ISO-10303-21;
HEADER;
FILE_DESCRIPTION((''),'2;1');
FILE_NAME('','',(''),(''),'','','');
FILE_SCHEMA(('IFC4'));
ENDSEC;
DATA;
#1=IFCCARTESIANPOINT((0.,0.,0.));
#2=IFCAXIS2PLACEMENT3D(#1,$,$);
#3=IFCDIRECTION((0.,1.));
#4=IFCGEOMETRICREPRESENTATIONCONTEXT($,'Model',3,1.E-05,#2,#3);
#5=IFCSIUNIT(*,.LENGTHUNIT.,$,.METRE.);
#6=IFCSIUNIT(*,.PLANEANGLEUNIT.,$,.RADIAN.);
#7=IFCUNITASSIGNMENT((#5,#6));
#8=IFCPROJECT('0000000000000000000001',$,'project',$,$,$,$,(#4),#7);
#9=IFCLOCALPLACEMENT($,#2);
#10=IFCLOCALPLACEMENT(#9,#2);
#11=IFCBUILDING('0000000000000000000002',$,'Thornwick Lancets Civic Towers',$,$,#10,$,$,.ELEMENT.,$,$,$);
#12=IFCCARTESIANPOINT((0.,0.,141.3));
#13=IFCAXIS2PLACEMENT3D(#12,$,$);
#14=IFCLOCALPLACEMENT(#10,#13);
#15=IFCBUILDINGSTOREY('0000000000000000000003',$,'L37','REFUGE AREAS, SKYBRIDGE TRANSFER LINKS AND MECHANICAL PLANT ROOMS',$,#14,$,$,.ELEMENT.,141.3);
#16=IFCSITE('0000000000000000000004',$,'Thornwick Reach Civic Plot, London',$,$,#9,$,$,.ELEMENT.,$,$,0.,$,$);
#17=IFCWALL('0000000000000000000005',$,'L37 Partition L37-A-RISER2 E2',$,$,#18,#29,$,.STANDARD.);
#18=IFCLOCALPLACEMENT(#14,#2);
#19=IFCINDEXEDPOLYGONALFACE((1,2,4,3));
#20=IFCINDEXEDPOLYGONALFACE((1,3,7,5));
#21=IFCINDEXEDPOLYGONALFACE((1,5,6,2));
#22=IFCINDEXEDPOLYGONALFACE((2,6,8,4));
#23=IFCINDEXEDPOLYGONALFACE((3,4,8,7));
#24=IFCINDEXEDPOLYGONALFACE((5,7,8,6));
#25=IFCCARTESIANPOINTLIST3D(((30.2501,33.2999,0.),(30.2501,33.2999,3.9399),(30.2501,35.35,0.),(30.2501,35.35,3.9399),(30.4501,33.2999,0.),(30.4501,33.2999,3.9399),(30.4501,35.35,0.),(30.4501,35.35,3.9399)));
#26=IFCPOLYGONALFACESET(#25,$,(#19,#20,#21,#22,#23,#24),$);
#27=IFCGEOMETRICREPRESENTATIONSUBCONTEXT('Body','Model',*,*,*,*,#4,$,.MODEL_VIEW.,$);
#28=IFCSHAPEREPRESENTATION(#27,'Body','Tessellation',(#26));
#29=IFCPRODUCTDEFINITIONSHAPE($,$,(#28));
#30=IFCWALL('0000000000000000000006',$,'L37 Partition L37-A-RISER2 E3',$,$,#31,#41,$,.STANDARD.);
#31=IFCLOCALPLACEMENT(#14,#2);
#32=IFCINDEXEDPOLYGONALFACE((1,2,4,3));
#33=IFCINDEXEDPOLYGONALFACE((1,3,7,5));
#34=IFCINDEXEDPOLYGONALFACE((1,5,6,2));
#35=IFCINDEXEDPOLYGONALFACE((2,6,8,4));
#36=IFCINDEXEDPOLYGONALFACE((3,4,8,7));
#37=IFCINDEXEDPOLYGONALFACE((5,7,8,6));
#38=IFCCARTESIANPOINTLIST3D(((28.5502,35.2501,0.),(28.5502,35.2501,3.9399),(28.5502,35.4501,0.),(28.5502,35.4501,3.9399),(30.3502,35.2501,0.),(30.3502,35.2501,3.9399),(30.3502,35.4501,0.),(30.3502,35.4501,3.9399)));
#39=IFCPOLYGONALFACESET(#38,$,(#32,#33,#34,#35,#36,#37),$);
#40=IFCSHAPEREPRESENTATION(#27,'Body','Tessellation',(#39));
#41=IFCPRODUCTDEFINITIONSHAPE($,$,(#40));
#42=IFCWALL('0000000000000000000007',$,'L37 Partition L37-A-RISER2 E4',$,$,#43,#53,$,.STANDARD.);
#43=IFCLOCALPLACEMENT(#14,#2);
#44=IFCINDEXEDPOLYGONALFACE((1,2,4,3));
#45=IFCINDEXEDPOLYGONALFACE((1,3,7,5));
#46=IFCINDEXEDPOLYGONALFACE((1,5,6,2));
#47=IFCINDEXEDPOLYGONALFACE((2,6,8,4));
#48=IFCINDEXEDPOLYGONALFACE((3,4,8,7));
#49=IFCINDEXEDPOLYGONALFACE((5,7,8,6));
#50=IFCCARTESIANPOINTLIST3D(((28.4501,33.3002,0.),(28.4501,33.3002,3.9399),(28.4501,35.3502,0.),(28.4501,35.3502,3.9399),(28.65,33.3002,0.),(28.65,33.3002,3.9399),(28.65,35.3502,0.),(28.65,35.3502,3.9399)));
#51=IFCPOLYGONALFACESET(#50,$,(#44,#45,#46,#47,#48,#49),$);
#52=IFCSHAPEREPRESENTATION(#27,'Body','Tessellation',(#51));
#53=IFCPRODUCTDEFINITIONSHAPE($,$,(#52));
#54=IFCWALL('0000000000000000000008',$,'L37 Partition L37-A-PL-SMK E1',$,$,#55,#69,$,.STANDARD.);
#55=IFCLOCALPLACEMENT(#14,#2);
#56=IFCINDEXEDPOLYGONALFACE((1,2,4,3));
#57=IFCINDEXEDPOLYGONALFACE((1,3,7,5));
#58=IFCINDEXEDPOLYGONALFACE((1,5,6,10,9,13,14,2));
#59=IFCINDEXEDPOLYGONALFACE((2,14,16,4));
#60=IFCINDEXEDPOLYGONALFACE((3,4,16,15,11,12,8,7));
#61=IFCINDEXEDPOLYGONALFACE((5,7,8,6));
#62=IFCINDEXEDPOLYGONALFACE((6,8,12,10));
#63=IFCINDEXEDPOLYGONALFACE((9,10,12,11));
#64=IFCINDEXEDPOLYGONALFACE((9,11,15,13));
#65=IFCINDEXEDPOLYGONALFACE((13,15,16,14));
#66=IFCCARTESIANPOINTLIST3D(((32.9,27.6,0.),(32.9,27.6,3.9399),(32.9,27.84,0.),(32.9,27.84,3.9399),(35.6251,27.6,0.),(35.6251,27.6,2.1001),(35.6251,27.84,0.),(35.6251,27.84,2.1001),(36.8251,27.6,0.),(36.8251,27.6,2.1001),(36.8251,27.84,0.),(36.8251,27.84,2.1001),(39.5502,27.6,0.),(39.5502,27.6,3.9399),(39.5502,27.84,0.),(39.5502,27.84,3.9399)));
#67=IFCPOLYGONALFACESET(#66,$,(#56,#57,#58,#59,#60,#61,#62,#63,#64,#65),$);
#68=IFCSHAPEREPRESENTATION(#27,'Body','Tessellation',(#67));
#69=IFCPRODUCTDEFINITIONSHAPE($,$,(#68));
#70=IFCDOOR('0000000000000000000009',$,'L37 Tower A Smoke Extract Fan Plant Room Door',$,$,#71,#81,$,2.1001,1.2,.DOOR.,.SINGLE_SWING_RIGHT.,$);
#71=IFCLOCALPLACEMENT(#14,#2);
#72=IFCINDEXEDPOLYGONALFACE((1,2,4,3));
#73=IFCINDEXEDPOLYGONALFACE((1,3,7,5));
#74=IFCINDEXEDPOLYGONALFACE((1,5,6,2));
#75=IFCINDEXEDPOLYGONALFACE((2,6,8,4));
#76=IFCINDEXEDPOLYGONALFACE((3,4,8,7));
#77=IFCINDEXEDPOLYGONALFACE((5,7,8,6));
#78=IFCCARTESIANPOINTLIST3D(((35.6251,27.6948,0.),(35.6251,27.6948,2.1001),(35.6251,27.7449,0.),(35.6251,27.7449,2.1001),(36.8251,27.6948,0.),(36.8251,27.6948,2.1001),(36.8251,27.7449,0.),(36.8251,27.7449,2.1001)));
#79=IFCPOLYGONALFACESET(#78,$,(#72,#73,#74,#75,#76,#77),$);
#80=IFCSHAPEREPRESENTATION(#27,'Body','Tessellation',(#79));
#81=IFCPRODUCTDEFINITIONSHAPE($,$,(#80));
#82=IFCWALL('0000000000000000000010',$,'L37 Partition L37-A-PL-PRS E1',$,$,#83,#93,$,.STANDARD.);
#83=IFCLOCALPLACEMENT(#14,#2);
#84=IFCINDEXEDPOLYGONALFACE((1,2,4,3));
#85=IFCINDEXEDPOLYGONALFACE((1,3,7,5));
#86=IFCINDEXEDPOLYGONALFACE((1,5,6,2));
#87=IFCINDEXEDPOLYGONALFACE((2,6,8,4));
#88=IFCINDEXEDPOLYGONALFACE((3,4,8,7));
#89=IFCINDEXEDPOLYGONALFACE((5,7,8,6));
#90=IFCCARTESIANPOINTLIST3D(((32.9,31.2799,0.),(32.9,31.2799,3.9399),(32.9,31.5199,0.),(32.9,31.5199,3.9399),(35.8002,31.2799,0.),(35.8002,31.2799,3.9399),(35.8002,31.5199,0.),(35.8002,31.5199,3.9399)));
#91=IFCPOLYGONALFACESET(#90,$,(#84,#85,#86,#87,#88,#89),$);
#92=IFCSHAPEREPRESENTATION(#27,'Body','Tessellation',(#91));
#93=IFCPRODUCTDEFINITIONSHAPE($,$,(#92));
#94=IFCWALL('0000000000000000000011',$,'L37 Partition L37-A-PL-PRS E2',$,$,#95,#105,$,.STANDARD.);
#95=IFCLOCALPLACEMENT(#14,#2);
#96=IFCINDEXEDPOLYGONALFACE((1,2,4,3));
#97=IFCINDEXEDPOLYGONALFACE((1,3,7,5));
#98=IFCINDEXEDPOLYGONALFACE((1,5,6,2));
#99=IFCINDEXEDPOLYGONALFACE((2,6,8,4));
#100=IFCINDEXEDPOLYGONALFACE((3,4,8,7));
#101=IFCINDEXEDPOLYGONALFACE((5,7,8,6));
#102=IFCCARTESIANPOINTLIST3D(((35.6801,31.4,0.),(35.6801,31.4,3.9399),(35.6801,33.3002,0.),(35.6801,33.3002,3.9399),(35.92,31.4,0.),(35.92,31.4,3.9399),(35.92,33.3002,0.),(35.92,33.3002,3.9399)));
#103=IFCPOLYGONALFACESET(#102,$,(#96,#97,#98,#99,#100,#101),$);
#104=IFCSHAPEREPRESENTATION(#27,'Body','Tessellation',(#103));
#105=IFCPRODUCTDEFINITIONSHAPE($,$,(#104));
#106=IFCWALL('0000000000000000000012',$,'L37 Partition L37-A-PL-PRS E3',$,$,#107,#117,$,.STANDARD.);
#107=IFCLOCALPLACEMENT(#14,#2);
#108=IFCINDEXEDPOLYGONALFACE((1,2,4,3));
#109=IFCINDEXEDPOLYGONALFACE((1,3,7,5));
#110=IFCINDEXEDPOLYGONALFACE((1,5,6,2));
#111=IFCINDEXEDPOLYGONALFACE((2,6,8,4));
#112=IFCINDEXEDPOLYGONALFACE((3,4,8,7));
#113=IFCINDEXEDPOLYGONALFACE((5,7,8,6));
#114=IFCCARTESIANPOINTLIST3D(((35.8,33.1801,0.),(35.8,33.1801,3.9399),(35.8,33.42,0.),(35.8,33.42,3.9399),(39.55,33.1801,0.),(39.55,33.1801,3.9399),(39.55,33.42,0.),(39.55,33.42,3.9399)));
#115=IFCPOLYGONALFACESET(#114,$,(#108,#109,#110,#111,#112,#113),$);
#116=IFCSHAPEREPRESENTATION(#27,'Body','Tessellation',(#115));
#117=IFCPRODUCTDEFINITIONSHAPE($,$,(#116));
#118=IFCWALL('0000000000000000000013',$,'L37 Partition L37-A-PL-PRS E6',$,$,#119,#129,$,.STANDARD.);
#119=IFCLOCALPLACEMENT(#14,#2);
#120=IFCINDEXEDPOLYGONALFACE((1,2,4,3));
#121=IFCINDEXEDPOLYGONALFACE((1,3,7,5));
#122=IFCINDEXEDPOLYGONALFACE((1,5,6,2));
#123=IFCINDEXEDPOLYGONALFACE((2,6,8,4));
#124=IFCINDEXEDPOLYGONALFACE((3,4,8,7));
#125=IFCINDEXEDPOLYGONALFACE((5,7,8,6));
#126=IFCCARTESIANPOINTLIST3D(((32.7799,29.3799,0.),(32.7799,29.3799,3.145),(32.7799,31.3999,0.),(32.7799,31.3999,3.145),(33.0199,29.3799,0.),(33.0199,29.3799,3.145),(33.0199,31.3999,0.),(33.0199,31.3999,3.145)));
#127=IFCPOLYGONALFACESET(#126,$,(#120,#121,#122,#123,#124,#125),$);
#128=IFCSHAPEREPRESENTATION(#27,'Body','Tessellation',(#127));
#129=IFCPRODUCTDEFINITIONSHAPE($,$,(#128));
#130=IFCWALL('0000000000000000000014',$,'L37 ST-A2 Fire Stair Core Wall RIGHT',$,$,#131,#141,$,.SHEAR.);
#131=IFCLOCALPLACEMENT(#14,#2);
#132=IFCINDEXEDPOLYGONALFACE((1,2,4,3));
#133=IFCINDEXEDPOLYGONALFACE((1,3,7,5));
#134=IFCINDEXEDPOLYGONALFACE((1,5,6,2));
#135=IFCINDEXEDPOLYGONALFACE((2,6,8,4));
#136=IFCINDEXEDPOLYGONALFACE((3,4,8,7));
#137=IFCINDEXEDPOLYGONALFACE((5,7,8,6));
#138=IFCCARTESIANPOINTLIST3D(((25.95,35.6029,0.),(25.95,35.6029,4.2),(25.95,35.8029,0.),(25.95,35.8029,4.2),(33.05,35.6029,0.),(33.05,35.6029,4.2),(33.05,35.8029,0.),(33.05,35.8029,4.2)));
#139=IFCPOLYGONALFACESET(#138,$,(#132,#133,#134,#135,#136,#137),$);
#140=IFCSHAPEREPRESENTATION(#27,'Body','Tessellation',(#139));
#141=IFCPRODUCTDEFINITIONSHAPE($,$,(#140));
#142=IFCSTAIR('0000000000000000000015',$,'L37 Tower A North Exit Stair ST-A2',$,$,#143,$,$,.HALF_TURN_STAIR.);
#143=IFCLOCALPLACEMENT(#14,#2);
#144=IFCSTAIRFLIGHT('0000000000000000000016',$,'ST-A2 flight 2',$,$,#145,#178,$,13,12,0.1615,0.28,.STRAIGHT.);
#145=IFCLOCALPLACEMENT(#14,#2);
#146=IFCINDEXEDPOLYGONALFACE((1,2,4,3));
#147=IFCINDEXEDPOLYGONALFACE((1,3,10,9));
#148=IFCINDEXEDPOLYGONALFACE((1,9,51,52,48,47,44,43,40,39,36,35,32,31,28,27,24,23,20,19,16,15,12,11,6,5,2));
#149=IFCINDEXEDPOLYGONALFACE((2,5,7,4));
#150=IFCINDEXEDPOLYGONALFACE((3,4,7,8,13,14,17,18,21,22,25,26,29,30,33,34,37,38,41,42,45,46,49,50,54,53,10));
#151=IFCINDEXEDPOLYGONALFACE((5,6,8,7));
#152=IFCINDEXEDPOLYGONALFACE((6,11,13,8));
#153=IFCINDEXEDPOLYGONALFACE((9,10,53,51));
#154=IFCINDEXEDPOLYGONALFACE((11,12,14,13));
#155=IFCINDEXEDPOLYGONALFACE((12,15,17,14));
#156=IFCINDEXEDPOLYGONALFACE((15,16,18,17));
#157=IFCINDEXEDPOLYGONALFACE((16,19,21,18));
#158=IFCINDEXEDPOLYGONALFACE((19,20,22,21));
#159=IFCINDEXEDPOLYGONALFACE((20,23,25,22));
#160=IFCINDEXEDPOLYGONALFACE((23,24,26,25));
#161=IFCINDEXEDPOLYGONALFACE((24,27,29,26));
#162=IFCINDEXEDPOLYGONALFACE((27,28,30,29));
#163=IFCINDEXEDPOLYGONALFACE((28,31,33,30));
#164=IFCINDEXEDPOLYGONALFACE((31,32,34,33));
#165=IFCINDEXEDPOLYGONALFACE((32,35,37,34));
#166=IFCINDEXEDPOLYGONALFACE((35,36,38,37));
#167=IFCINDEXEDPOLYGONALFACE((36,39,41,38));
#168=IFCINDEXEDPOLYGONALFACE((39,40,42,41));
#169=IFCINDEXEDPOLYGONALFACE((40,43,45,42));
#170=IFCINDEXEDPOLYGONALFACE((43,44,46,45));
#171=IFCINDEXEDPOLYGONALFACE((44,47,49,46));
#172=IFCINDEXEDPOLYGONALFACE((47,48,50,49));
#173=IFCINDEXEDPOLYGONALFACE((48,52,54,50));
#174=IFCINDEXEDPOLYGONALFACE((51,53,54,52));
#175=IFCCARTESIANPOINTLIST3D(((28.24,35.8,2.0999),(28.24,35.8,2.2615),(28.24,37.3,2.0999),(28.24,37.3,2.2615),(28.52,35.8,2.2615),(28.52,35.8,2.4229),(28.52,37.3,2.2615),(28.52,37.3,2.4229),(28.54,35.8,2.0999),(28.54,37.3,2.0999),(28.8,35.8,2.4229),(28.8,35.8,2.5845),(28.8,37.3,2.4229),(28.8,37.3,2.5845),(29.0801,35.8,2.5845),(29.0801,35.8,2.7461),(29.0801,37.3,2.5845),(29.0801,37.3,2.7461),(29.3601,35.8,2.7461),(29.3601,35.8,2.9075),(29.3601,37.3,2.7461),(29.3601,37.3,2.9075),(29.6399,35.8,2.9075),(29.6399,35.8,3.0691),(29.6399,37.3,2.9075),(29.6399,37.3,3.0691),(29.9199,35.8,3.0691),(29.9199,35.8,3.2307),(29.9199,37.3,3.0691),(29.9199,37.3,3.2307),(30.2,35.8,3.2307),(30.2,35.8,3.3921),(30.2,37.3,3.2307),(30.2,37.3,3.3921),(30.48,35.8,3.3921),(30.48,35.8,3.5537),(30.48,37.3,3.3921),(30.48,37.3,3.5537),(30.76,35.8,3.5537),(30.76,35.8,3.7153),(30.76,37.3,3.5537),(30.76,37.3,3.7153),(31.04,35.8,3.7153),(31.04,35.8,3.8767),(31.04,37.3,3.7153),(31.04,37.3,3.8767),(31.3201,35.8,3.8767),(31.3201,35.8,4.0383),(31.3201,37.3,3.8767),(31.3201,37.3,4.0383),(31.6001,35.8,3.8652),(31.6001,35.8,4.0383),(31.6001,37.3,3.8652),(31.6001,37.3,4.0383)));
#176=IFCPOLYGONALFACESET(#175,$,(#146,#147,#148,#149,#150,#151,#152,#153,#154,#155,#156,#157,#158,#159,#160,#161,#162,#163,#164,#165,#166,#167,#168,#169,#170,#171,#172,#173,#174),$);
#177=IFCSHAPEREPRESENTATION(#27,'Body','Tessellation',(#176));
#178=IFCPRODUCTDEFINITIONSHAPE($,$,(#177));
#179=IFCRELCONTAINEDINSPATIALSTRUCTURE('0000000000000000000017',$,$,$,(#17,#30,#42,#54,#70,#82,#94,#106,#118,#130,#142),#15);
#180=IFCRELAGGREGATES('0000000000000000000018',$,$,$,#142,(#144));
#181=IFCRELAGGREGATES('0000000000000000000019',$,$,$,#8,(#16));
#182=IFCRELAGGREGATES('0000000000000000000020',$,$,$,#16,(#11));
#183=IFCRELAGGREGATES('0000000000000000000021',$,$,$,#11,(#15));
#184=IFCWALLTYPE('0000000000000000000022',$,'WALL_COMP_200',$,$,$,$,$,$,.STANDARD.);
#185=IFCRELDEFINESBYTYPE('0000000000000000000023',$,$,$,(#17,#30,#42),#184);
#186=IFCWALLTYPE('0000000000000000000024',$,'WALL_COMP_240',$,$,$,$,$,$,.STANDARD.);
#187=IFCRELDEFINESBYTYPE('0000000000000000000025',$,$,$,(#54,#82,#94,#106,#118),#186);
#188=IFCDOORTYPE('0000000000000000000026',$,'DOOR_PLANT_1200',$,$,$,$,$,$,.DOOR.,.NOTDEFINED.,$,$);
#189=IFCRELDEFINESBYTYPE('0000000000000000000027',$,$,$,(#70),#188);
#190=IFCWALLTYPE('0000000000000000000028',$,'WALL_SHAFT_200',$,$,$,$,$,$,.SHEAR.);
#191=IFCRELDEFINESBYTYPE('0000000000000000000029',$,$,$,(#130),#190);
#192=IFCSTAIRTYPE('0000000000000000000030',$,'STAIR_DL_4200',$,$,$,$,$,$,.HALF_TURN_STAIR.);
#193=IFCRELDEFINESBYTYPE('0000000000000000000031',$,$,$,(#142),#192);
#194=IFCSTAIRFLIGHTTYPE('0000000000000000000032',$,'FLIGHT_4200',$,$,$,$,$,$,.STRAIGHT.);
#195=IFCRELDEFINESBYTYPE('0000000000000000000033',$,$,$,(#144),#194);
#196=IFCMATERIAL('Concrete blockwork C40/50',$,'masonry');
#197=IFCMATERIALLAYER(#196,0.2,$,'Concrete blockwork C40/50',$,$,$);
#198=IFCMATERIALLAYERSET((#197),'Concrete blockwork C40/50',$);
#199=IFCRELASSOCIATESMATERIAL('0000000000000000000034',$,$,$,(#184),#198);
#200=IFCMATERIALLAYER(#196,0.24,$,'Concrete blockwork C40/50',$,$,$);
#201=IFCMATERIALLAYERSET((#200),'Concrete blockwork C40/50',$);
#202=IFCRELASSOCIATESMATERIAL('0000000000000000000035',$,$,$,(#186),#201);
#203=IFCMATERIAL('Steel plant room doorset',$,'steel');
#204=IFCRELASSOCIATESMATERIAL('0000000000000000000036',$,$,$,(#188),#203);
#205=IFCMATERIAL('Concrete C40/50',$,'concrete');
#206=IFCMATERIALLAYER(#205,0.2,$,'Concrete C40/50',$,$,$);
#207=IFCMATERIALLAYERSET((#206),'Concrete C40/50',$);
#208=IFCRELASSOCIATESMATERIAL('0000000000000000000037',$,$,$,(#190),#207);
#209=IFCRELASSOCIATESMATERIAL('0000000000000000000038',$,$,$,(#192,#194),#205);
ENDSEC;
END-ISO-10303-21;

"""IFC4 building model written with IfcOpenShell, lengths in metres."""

from ifc_helpers import new_model, si_unit, direction, frame, frame_2d, origin, place, context, subcontext, project, spatial, polyline, rectangle, outline, extrude, material, layer, layer_set, type_object, element, fill, aggregate, save


model = new_model("IFC4")

# Units and contexts
model_context = context("Model", 3, precision=1e-05, world=origin(), true_north=direction((0.0, 1.0)))
body_context = subcontext(model_context, "Body", "Model", "MODEL_VIEW")
ifc_project = project(units=[si_unit("LENGTHUNIT", "METRE"), si_unit("PLANEANGLEUNIT", "RADIAN")], contexts=[model_context])

# Site, building, storey
site_placement = place(None, origin())
site = spatial("IfcSite", under=ifc_project, at=site_placement, Name="Thornwick Reach Civic Plot, London", CompositionType="ELEMENT", RefElevation=0.0)
building_placement = place(site_placement, origin())
building = spatial("IfcBuilding", under=site, at=building_placement, Name="Thornwick Lancets Civic Towers", CompositionType="ELEMENT")
storey_placement = place(building_placement, frame((0.0, 0.0, 141.3)))
storey = spatial("IfcBuildingStorey", under=building, at=storey_placement, Name="L37", Description="REFUGE AREAS, SKYBRIDGE TRANSFER LINKS AND MECHANICAL PLANT ROOMS", CompositionType="ELEMENT", Elevation=141.3)

# Shared definitions
ifc_material_1 = material(Name="Concrete blockwork C40/50", Category="masonry")
ifc_layer_1 = layer(ifc_material_1, 0.2, Name="Concrete blockwork C40/50")
ifc_layer_set_1 = layer_set([ifc_layer_1], Name="Concrete blockwork C40/50")
wall_type_1 = type_object("IfcWallType", Name="WALL_COMP_200", PredefinedType="STANDARD", material=ifc_layer_set_1)

# Walls
wall_1_placement = place(storey_placement, frame((30.3501, 33.3, 0.0), z_axis=(0.0, 0.0, 1.0), x_axis=(0.0, 1.0, 0.0)))
element("IfcWall", 1, at=wall_1_placement, inside=storey, type_object=wall_type_1, Name="L37 Partition L37-A-RISER2 E2", PredefinedType="STANDARD", context=body_context, shape_type="SweptSolid", body=[
    extrude(rectangle(XDim=2.05, YDim=0.2, at=frame_2d((1.0249, 0.0))), origin(), (0.0, 0.0, 1.0), 3.9399),
])
wall_2_placement = place(storey_placement, frame((30.3501, 35.3501, 0.0), z_axis=(0.0, 0.0, 1.0), x_axis=(-1.0, 0.0, 0.0)))
element("IfcWall", 2, at=wall_2_placement, inside=storey, type_object=wall_type_1, Name="L37 Partition L37-A-RISER2 E3", PredefinedType="STANDARD", context=body_context, shape_type="SweptSolid", body=[
    extrude(rectangle(XDim=1.8, YDim=0.2, at=frame_2d((0.8999, 0.0))), origin(), (0.0, 0.0, 1.0), 3.9399),
])
wall_3_placement = place(storey_placement, frame((28.55, 35.3501, 0.0), z_axis=(0.0, 0.0, 1.0), x_axis=(0.0, -1.0, 0.0)))
element("IfcWall", 3, at=wall_3_placement, inside=storey, type_object=wall_type_1, Name="L37 Partition L37-A-RISER2 E4", PredefinedType="STANDARD", context=body_context, shape_type="SweptSolid", body=[
    extrude(rectangle(XDim=2.05, YDim=0.2, at=frame_2d((1.0249, 0.0))), origin(), (0.0, 0.0, 1.0), 3.9399),
])

# Wall, opening, door
ifc_layer_2 = layer(ifc_material_1, 0.24, Name="Concrete blockwork C40/50")
ifc_layer_set_2 = layer_set([ifc_layer_2], Name="Concrete blockwork C40/50")
wall_type_2 = type_object("IfcWallType", Name="WALL_COMP_240", PredefinedType="STANDARD", material=ifc_layer_set_2)
wall_4_placement = place(storey_placement, frame((32.8999, 27.72, 0.0), z_axis=(0.0, 0.0, 1.0), x_axis=(1.0, 0.0, 0.0)))
wall_4 = element("IfcWall", 4, at=wall_4_placement, inside=storey, type_object=wall_type_2, Name="L37 Partition L37-A-PL-SMK E1", PredefinedType="STANDARD", context=body_context, shape_type="SweptSolid", body=[
    extrude(rectangle(XDim=6.6501, YDim=0.24, at=frame_2d((3.3252, 0.0))), origin(), (0.0, 0.0, 1.0), 3.9399),
])
opening_1_placement = place(wall_4_placement, frame((2.7251, 0.0, 0.0)))
opening_1 = element("IfcOpeningElement", 5, at=opening_1_placement, cuts=wall_4, PredefinedType="OPENING", context=body_context, shape_type="SweptSolid", body=[
    extrude(rectangle(XDim=1.2, YDim=2.1001, at=frame_2d((0.6001, 1.05))), frame((0.0, 0.1299, 0.0), z_axis=(0.0, -1.0, 0.0), x_axis=(1.0, 0.0, 0.0)), (0.0, 0.0, 1.0), 0.26),
])
ifc_material_2 = material(Name="Steel plant room doorset", Category="steel")
door_type_1 = type_object("IfcDoorType", Name="DOOR_PLANT_1200", OperationType="NOTDEFINED", PredefinedType="DOOR", material=ifc_material_2)
door_1_placement = place(opening_1_placement, origin())
door_1 = element("IfcDoor", 6, at=door_1_placement, inside=storey, type_object=door_type_1, Name="L37 Tower A Smoke Extract Fan Plant Room Door", OperationType="SINGLE_SWING_RIGHT", OverallHeight=2.1001, OverallWidth=1.2, PredefinedType="DOOR", context=body_context, shape_type="SweptSolid", body=[
    extrude(rectangle(XDim=1.2, YDim=2.1001, at=frame_2d((0.6001, 1.05))), frame((0.0, 0.0249, 0.0), z_axis=(0.0, -1.0, 0.0), x_axis=(1.0, 0.0, 0.0)), (0.0, 0.0, 1.0), 0.05),
])
fill(opening_1, door_1)

# Walls
wall_5_placement = place(storey_placement, frame((32.8999, 31.3999, 0.0), z_axis=(0.0, 0.0, 1.0), x_axis=(1.0, 0.0, 0.0)))
element("IfcWall", 7, at=wall_5_placement, inside=storey, type_object=wall_type_2, Name="L37 Partition L37-A-PL-PRS E1", PredefinedType="STANDARD", context=body_context, shape_type="SweptSolid", body=[
    extrude(rectangle(XDim=2.9001, YDim=0.24, at=frame_2d((1.4502, 0.0))), origin(), (0.0, 0.0, 1.0), 3.9399),
])
wall_6_placement = place(storey_placement, frame((35.8, 31.3999, 0.0), z_axis=(0.0, 0.0, 1.0), x_axis=(0.0, 1.0, 0.0)))
element("IfcWall", 8, at=wall_6_placement, inside=storey, type_object=wall_type_2, Name="L37 Partition L37-A-PL-PRS E2", PredefinedType="STANDARD", context=body_context, shape_type="SweptSolid", body=[
    extrude(rectangle(XDim=1.9001, YDim=0.24, at=frame_2d((0.9502, 0.0))), origin(), (0.0, 0.0, 1.0), 3.9399),
])
wall_7_placement = place(storey_placement, frame((35.8, 33.3, 0.0), z_axis=(0.0, 0.0, 1.0), x_axis=(1.0, 0.0, 0.0)))
element("IfcWall", 9, at=wall_7_placement, inside=storey, type_object=wall_type_2, Name="L37 Partition L37-A-PL-PRS E3", PredefinedType="STANDARD", context=body_context, shape_type="SweptSolid", body=[
    extrude(rectangle(XDim=3.75, YDim=0.24, at=frame_2d((1.875, 0.0))), origin(), (0.0, 0.0, 1.0), 3.9399),
])
wall_8_placement = place(storey_placement, frame((32.8999, 29.3799, 0.0), z_axis=(0.0, 0.0, 1.0), x_axis=(0.0, 1.0, 0.0)))
element("IfcWall", 10, at=wall_8_placement, inside=storey, type_object=wall_type_2, Name="L37 Partition L37-A-PL-PRS E6", PredefinedType="STANDARD", context=body_context, shape_type="SweptSolid", body=[
    extrude(rectangle(XDim=2.02, YDim=0.24, at=frame_2d((1.01, 0.0))), origin(), (0.0, 0.0, 1.0), 3.145),
])
ifc_material_3 = material(Name="Concrete C40/50", Category="concrete")
ifc_layer_3 = layer(ifc_material_3, 0.2, Name="Concrete C40/50")
ifc_layer_set_3 = layer_set([ifc_layer_3], Name="Concrete C40/50")
wall_type_3 = type_object("IfcWallType", Name="WALL_SHAFT_200", PredefinedType="SHEAR", material=ifc_layer_set_3)
wall_9_placement = place(storey_placement, frame((25.95, 35.7029, 0.0), z_axis=(0.0, 0.0, 1.0), x_axis=(1.0, 0.0, 0.0)))
element("IfcWall", 11, at=wall_9_placement, inside=storey, type_object=wall_type_3, Name="L37 ST-A2 Fire Stair Core Wall RIGHT", PredefinedType="SHEAR", context=body_context, shape_type="SweptSolid", body=[
    extrude(rectangle(XDim=7.1001, YDim=0.2, at=frame_2d((3.55, 0.0))), origin(), (0.0, 0.0, 1.0), 4.2),
])

# Stair, stair flight
stair_type = type_object("IfcStairType", Name="STAIR_DL_4200", PredefinedType="HALF_TURN_STAIR", material=ifc_material_3)
stair_placement = place(storey_placement, origin())
stair = element("IfcStair", 12, at=stair_placement, inside=storey, type_object=stair_type, Name="L37 Tower A North Exit Stair ST-A2", PredefinedType="HALF_TURN_STAIR")
stair_flight_type = type_object("IfcStairFlightType", Name="FLIGHT_4200", PredefinedType="STRAIGHT", material=ifc_material_3)
stair_flight_placement = place(storey_placement, frame((28.24, 36.55, 2.0999), z_axis=(0.0, 0.0, 1.0), x_axis=(1.0, 0.0, 0.0)))
stair_flight = element("IfcStairFlight", 13, at=stair_flight_placement, type_object=stair_flight_type, Name="ST-A2 flight 2", NumberOfRisers=13, NumberOfTreads=12, PredefinedType="STRAIGHT", RiserHeight=0.1615, TreadLength=0.28, context=body_context, shape_type="SweptSolid", body=[
    extrude(outline(polyline([(0.0, 0.0), (0.0, 0.1616), (0.28, 0.1616), (0.28, 0.323), (0.5601, 0.323), (0.5601, 0.4846), (0.8401, 0.4846), (0.8401, 0.6462), (1.1201, 0.6462), (1.1201, 0.8076), (1.3999, 0.8076), (1.3999, 0.9692), (1.6799, 0.9692), (1.6799, 1.1309), (1.96, 1.1309), (1.96, 1.2922), (2.24, 1.2922), (2.24, 1.4539), (2.52, 1.4539), (2.52, 1.6155), (2.8, 1.6155), (2.8, 1.7769), (3.0801, 1.7769), (3.0801, 1.9385), (3.3601, 1.9385), (3.3601, 2.1001), (3.3601, 1.7654), (0.3, 0.0), (0.0, 0.0)])), frame((0.0, 0.75, 0.0), z_axis=(0.0, -1.0, 0.0), x_axis=(1.0, 0.0, 0.0)), (0.0, 0.0, 1.0), 1.5),
])
aggregate(stair, [stair_flight])

save(model, "model.ifc")
